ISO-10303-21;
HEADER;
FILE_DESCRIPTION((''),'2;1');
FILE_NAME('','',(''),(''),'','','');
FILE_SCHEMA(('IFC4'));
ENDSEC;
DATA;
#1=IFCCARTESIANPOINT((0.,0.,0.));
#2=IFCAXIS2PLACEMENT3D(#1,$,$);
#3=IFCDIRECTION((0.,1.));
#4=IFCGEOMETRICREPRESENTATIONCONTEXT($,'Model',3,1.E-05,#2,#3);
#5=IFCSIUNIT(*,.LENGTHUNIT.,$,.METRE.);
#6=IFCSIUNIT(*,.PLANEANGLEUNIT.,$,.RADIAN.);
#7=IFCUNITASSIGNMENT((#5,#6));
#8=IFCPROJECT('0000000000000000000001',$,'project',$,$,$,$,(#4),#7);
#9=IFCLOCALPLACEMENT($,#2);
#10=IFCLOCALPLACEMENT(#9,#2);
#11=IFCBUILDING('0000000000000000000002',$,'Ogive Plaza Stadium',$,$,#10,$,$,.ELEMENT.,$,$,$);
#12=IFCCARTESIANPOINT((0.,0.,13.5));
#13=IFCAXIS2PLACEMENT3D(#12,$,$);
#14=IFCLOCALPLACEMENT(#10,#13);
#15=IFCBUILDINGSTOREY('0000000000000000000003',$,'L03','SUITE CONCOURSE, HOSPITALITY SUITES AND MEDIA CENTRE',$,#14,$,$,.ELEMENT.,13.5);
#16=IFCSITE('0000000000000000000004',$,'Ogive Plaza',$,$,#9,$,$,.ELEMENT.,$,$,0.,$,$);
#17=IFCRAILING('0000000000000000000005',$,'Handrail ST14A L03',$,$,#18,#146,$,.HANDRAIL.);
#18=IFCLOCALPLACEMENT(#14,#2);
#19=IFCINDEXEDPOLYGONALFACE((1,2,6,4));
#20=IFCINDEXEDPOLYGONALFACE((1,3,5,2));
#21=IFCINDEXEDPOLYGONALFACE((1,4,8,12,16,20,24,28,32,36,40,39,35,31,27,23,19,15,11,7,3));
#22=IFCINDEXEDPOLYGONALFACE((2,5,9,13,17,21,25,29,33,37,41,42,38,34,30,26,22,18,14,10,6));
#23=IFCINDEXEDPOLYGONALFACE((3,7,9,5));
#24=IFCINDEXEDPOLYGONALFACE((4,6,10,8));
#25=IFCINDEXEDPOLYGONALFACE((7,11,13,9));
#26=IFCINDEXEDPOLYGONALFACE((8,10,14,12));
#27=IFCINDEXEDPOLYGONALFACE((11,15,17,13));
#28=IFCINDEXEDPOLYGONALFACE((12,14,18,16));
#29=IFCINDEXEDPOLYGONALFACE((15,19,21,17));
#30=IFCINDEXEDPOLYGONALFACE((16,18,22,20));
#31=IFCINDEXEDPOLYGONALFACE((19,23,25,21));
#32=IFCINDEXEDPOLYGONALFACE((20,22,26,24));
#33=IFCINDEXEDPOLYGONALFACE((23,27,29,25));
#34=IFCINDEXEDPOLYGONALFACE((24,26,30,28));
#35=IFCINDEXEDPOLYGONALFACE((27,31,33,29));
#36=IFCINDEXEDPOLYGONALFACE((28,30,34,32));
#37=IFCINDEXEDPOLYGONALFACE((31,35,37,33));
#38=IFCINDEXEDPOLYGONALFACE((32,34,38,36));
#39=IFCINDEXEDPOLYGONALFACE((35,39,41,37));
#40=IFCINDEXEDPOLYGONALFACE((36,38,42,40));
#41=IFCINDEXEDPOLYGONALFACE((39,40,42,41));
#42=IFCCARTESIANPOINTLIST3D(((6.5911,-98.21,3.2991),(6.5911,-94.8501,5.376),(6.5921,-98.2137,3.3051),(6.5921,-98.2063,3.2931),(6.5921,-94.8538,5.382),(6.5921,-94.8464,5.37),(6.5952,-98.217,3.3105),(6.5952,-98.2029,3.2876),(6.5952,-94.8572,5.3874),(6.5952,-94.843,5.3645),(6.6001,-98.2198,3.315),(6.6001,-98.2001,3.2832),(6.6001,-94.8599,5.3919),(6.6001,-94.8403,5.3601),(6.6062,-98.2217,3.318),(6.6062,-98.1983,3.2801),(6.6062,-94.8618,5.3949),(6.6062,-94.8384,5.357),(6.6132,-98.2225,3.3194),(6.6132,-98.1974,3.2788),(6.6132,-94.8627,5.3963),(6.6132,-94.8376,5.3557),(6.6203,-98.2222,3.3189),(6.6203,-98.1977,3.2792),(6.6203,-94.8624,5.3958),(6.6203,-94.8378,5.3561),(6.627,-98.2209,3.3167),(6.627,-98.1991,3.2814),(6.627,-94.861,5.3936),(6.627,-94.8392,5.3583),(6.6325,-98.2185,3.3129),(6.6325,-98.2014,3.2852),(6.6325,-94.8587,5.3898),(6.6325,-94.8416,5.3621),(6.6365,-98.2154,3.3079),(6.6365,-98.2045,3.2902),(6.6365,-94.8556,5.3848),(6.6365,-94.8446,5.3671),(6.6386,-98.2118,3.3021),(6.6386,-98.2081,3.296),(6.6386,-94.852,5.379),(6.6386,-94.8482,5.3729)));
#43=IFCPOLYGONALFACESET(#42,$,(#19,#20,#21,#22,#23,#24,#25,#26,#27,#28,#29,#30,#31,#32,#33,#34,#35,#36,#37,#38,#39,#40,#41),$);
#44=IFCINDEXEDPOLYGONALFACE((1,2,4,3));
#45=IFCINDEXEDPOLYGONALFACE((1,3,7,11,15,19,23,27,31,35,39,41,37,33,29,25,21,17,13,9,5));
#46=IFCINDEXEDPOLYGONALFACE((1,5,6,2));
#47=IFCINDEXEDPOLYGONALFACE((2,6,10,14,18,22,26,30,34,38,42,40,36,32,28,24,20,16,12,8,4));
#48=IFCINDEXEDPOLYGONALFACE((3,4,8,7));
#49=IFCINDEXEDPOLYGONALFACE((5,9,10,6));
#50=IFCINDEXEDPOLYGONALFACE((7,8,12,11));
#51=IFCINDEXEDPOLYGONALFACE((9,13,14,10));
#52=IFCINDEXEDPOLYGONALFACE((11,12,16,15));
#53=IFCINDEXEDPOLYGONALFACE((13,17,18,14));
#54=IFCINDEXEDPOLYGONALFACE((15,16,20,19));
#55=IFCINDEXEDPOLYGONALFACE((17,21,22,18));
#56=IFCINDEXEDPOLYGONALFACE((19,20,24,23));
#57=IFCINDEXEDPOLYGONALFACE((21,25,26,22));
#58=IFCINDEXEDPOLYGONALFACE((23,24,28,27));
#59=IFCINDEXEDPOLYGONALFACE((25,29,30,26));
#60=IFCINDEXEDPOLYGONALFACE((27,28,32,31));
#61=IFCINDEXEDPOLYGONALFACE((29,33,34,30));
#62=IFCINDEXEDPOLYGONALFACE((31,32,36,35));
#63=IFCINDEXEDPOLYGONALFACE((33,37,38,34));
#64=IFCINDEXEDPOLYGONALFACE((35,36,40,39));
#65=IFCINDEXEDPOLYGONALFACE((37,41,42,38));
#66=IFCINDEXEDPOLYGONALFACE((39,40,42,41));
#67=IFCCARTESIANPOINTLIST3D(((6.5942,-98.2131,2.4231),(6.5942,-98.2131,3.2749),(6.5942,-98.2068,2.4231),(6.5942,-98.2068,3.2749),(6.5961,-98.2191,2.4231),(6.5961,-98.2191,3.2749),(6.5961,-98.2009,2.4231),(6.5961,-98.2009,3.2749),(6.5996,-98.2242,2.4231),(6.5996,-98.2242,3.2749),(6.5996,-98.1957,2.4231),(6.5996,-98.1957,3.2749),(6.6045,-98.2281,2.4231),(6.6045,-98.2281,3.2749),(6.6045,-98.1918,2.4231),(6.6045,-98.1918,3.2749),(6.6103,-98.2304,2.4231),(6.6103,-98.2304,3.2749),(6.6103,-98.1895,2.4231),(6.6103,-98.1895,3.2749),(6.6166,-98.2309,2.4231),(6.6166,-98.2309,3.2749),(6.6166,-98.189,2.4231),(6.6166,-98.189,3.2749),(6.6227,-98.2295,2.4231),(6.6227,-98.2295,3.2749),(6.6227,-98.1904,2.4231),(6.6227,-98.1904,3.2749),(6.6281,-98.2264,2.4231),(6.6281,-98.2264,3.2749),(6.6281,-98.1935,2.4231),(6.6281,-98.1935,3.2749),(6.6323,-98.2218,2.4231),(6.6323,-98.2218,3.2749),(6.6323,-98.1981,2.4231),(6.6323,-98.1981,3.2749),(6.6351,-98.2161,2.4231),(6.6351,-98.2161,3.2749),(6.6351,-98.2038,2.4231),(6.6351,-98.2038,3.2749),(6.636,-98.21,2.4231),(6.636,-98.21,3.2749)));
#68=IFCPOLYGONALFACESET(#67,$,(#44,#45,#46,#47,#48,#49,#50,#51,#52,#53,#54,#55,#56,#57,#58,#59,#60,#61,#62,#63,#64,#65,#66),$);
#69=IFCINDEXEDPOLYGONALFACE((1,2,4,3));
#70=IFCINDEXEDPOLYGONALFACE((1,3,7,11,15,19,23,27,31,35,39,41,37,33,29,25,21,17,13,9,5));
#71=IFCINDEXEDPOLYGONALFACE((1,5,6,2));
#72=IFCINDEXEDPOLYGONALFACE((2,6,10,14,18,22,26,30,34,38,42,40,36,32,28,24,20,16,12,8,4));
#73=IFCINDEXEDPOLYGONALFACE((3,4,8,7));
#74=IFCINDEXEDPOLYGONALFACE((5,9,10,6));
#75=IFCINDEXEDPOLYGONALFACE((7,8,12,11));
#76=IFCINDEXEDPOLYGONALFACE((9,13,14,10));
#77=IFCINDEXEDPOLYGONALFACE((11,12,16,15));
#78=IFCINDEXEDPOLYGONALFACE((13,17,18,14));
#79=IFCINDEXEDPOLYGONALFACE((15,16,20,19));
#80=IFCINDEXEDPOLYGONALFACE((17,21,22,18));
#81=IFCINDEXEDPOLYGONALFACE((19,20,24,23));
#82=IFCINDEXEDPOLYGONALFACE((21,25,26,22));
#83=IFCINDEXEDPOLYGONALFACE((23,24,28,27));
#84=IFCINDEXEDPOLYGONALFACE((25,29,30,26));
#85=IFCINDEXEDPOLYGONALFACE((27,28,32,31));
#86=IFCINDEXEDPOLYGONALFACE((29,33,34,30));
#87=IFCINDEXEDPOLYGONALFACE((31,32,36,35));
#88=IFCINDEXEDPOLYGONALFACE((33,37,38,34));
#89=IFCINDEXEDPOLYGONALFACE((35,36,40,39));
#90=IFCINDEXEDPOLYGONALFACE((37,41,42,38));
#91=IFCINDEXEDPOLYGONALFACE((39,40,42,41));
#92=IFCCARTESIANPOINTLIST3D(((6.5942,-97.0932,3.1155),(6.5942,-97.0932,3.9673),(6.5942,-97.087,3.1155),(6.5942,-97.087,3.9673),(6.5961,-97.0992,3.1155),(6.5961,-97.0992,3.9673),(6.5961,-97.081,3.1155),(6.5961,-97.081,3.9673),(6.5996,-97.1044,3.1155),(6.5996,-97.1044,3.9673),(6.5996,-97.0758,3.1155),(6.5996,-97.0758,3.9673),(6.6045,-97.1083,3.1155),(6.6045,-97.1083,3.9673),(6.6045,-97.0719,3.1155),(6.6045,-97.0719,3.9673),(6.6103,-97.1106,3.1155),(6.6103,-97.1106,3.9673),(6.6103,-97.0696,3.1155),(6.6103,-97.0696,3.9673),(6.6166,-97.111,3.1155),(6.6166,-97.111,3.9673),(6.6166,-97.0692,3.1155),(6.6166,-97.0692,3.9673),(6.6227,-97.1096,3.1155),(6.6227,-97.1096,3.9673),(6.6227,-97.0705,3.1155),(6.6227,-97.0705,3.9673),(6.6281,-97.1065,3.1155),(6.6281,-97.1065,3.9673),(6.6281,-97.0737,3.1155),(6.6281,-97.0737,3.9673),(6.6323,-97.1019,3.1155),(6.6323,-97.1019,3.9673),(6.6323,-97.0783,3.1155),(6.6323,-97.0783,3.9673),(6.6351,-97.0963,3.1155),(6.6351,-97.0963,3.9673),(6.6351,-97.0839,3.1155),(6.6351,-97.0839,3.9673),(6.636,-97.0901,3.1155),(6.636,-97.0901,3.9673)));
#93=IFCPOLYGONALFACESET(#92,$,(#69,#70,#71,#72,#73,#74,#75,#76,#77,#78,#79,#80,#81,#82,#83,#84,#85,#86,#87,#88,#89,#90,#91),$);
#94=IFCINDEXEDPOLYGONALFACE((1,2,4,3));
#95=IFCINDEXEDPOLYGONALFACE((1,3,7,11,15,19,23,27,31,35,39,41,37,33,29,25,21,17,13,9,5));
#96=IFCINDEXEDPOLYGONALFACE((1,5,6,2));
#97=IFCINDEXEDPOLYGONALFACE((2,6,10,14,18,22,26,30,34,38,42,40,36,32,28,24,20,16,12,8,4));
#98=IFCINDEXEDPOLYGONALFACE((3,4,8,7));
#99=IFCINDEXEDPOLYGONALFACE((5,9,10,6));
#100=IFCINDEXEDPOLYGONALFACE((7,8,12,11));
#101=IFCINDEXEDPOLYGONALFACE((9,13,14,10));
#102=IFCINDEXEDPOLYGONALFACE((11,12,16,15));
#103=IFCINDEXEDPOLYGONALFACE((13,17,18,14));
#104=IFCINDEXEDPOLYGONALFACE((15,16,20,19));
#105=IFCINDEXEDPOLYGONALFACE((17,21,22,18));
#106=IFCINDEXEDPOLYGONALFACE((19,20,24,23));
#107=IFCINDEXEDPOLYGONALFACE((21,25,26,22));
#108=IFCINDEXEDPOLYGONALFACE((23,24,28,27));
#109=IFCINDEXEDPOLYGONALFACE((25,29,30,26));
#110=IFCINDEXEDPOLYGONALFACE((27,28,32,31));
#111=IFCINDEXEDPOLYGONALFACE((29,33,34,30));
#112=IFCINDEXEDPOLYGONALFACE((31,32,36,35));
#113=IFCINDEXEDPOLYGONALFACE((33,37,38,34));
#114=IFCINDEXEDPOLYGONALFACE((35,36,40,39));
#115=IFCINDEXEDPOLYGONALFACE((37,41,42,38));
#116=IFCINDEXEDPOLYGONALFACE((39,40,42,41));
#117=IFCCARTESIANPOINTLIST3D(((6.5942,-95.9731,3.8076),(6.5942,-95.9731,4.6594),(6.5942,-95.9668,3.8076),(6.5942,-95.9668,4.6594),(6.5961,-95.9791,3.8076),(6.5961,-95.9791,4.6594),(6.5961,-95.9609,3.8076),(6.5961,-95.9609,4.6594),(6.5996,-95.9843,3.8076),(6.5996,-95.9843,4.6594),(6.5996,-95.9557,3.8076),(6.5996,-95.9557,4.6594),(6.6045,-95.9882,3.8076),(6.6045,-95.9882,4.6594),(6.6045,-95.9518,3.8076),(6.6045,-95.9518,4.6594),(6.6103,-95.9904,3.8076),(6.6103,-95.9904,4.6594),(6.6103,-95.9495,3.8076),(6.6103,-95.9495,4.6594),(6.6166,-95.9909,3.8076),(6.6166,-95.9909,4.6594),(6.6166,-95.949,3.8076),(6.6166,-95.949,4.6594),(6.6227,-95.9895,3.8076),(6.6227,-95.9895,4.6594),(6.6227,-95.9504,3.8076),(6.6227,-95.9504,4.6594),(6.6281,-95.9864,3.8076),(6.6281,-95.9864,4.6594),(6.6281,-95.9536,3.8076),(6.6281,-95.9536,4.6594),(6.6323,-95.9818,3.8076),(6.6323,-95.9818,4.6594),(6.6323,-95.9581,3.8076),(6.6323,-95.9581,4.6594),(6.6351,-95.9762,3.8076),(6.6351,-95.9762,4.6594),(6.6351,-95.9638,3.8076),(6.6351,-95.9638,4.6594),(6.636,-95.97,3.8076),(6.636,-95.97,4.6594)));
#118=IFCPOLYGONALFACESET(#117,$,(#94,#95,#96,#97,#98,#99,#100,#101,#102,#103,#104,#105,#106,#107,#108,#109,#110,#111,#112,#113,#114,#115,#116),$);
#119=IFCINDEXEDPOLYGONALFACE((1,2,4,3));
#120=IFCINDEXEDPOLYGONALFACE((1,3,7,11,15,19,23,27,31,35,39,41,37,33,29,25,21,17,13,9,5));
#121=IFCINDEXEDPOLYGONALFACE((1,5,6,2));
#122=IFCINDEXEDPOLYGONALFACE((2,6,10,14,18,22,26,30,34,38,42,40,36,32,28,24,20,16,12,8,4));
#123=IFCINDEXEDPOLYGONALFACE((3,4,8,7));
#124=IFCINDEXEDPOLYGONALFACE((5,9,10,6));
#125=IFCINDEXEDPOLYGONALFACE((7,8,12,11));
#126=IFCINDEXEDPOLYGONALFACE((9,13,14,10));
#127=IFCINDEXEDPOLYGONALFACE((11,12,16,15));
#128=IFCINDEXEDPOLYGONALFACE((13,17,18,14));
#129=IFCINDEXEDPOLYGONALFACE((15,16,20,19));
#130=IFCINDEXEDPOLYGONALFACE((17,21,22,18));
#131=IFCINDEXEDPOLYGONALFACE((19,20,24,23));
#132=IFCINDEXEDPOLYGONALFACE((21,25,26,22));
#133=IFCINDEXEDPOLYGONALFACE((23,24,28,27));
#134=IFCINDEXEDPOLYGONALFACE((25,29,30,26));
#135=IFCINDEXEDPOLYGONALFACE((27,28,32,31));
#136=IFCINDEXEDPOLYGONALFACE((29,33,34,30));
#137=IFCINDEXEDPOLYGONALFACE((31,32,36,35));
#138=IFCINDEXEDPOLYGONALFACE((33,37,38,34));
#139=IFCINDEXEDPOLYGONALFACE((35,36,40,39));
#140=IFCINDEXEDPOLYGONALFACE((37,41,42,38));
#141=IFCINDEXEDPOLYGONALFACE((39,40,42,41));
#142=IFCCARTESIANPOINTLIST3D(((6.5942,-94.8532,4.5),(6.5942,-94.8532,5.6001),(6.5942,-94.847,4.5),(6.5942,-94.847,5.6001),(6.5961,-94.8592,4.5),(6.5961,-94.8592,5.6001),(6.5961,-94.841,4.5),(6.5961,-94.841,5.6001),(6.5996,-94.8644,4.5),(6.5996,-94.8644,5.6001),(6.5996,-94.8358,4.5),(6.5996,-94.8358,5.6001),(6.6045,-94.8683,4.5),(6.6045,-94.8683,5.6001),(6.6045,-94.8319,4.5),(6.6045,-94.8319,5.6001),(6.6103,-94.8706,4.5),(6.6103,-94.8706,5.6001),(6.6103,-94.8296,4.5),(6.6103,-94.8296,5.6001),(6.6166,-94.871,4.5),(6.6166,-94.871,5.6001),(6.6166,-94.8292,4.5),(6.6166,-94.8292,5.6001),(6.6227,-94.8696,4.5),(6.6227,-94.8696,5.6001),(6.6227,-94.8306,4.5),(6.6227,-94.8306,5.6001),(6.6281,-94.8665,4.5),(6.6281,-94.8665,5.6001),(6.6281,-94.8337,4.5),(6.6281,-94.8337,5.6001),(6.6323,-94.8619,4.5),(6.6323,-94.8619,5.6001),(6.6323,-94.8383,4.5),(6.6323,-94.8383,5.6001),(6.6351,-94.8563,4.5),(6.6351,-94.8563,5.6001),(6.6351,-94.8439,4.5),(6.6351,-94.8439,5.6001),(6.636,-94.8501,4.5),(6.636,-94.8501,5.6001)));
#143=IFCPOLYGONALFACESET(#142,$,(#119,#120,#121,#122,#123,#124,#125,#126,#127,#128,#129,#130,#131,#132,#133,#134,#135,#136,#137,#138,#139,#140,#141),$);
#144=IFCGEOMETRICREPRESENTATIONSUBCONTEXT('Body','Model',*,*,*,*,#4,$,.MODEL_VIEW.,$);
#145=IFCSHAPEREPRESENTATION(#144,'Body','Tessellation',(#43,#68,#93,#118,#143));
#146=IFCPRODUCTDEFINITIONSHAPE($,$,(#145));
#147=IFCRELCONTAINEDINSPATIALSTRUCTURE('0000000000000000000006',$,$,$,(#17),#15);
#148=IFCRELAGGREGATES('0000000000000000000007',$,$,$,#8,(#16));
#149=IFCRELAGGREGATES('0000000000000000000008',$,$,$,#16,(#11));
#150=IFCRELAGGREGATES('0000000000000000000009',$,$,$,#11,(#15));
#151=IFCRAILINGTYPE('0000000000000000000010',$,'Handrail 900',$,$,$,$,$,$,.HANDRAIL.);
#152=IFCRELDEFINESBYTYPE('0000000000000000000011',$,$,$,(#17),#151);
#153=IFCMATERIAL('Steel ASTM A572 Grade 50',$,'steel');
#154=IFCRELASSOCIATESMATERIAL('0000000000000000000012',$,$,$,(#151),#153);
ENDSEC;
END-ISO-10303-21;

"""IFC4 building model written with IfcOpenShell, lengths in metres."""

from ifc_helpers import new_model, si_unit, direction, frame, origin, origin_2d, place, context, subcontext, project, spatial, circle, extrude, material, type_object, element, save


model = new_model("IFC4")

# Units and contexts
model_context = context("Model", 3, precision=1e-05, world=origin(), true_north=direction((0.0, 1.0)))
body_context = subcontext(model_context, "Body", "Model", "MODEL_VIEW")
ifc_project = project(units=[si_unit("LENGTHUNIT", "METRE"), si_unit("PLANEANGLEUNIT", "RADIAN")], contexts=[model_context])

# Site, building, storey
site_placement = place(None, origin())
site = spatial("IfcSite", under=ifc_project, at=site_placement, Name="Ogive Plaza", CompositionType="ELEMENT", RefElevation=0.0)
building_placement = place(site_placement, origin())
building = spatial("IfcBuilding", under=site, at=building_placement, Name="Ogive Plaza Stadium", CompositionType="ELEMENT")
storey_placement = place(building_placement, frame((0.0, 0.0, 13.5)))
storey = spatial("IfcBuildingStorey", under=building, at=storey_placement, Name="L03", Description="SUITE CONCOURSE, HOSPITALITY SUITES AND MEDIA CENTRE", CompositionType="ELEMENT", Elevation=13.5)

# Railing
ifc_material_1 = material(Name="Steel ASTM A572 Grade 50", Category="steel")
railing_type_1 = type_object("IfcRailingType", Name="Handrail 900", PredefinedType="HANDRAIL", material=ifc_material_1)
for number, where, name in (
    (1, (6.615, -98.21, 2.4231), "Handrail ST14A L03"),
):
    element("IfcRailing", number, at=place(storey_placement, frame(where)), inside=storey, type_object=railing_type_1, Name=name, PredefinedType="HANDRAIL", context=body_context, shape_type="SweptSolid", body=[
        extrude(circle(Radius=0.0239, at=origin_2d()), frame((0.0, 0.0, 0.876), z_axis=(0.0, 0.850606, 0.525803), x_axis=(-1.0, 0.0, 0.0)), (0.0, 0.0, 1.0), 3.95),
        extrude(circle(Radius=0.021, at=origin_2d()), origin(), (0.0, 0.0, 1.0), 0.8518),
        extrude(circle(Radius=0.021, at=origin_2d()), frame((0.0, 1.1199, 0.6924)), (0.0, 0.0, 1.0), 0.8518),
        extrude(circle(Radius=0.021, at=origin_2d()), frame((0.0, 2.24, 1.3845)), (0.0, 0.0, 1.0), 0.8518),
        extrude(circle(Radius=0.021, at=origin_2d()), frame((0.0, 3.3599, 2.0769)), (0.0, 0.0, 1.0), 1.1001),
    ])

save(model, "model.ifc")
